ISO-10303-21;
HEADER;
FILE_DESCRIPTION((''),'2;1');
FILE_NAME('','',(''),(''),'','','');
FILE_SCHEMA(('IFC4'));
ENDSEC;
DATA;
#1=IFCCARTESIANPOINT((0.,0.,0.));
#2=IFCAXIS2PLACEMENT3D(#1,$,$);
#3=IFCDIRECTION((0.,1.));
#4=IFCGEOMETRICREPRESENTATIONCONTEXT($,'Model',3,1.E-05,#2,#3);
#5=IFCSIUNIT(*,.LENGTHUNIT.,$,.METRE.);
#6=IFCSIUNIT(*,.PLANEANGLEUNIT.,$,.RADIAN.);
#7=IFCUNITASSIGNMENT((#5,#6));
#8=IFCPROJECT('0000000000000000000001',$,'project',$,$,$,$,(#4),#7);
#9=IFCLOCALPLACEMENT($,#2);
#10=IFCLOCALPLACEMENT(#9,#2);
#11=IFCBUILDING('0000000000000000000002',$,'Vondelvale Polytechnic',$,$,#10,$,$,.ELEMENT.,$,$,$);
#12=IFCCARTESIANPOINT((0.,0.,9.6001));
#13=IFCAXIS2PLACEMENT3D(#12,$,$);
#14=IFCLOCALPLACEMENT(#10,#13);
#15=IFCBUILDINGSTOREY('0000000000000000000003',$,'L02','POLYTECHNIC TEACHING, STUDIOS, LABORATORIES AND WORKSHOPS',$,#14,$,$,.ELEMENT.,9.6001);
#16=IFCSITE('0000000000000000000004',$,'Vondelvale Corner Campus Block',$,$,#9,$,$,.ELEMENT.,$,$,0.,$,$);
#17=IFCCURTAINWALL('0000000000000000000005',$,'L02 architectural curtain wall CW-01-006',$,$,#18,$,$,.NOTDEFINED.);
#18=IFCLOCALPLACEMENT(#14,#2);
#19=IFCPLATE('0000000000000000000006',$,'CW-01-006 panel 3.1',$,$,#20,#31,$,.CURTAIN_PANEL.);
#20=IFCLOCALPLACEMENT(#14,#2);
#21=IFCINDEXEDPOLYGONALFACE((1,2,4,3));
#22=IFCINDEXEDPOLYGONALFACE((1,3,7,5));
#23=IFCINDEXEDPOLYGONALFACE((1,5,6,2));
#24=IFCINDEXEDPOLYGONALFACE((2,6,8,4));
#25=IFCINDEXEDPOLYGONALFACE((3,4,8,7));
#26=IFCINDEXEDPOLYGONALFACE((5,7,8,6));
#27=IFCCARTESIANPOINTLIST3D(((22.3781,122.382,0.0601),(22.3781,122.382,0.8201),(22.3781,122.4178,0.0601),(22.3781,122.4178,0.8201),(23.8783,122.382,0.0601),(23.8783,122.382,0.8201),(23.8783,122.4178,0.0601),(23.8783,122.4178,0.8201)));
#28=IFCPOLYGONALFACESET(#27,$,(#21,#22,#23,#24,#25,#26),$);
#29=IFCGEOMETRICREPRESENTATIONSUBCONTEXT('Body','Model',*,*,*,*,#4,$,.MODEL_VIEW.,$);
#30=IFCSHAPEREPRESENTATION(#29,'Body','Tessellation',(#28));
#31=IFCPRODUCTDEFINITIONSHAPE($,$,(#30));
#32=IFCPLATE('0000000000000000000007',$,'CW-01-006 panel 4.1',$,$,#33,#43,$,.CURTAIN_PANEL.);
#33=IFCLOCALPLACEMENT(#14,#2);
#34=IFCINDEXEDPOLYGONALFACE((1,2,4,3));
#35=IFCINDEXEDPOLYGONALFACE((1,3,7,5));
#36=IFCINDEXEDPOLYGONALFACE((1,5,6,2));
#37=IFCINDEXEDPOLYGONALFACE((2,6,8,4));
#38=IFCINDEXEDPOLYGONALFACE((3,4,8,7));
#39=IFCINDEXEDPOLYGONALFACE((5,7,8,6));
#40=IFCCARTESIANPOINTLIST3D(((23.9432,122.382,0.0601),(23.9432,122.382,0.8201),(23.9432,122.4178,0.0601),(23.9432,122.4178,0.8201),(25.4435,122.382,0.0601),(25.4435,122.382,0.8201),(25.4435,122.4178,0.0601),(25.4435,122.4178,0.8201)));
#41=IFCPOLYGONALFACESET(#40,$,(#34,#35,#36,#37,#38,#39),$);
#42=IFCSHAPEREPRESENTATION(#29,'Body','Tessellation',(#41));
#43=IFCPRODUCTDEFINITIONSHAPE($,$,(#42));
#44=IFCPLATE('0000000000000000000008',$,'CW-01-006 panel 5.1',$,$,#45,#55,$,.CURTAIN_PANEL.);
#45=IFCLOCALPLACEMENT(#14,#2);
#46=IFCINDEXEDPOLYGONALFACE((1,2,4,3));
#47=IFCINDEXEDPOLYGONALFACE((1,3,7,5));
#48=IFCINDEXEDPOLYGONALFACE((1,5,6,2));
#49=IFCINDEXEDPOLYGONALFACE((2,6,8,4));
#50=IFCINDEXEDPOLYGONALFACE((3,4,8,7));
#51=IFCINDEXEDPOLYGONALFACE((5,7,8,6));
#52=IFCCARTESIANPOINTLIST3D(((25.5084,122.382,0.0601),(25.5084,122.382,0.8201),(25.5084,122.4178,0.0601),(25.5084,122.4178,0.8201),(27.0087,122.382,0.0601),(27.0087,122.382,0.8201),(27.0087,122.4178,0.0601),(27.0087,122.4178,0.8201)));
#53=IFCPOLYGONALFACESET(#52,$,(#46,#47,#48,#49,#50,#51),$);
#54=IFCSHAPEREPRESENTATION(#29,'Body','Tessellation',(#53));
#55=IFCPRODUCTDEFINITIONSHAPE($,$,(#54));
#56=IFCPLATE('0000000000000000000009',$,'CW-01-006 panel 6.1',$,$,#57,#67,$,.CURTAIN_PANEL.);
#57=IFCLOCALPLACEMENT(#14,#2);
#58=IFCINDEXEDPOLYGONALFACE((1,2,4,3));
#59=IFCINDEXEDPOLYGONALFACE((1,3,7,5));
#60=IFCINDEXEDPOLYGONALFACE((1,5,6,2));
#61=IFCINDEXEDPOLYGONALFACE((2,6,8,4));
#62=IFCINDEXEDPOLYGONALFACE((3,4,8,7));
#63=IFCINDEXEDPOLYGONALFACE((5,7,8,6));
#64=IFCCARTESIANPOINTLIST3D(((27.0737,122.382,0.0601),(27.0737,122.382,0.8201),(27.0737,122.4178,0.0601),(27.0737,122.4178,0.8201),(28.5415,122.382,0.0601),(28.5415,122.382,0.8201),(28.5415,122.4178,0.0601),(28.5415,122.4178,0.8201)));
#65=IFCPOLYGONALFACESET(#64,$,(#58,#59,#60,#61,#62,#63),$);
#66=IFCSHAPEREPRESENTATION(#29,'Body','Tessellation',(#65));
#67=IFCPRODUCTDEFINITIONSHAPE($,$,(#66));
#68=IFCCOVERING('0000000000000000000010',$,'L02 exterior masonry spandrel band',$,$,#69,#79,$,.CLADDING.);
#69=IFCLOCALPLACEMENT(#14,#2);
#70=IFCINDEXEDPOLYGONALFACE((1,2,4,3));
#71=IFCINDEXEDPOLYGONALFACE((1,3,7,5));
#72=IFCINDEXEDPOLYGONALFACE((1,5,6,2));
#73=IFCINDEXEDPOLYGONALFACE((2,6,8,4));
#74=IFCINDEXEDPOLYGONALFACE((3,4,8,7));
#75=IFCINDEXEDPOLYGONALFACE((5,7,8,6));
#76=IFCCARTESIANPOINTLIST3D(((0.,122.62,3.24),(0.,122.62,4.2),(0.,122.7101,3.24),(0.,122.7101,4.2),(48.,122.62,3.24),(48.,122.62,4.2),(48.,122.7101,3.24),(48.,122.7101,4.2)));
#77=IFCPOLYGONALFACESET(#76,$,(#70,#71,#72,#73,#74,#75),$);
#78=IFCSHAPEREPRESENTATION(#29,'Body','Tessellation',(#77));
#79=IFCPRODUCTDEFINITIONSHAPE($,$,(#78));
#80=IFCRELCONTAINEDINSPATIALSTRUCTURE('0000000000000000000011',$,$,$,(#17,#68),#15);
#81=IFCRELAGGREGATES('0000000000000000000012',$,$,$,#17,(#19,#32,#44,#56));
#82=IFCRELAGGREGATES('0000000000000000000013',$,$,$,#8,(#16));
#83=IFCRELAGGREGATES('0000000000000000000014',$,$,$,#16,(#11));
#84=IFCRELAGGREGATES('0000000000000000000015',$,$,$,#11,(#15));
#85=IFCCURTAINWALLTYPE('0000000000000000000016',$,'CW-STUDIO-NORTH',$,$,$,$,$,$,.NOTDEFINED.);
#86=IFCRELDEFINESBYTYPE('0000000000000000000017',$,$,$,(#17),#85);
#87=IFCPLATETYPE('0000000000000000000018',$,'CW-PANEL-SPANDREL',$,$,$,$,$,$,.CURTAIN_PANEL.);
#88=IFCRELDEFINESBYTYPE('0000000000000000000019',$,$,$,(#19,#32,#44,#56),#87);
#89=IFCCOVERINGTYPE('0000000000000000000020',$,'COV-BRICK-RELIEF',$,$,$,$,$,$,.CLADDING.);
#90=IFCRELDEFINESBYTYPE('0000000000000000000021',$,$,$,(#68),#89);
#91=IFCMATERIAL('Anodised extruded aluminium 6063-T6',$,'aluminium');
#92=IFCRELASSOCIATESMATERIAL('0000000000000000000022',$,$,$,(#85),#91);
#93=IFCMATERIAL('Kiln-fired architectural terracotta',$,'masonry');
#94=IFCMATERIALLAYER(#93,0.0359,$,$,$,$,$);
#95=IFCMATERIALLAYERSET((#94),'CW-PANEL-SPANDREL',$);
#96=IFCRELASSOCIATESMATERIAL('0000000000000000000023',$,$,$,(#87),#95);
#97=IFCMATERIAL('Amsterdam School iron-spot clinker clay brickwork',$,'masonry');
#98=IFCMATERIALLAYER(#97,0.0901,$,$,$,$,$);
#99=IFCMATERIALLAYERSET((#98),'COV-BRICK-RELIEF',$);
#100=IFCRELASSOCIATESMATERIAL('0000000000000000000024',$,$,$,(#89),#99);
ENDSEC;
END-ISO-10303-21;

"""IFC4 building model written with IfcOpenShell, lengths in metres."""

from ifc_helpers import new_model, si_unit, direction, frame, origin, origin_2d, place, context, subcontext, project, spatial, rectangle, extrude, material, layer, layer_set, type_object, element, aggregate, save


model = new_model("IFC4")

# Units and contexts
model_context = context("Model", 3, precision=1e-05, world=origin(), true_north=direction((0.0, 1.0)))
body_context = subcontext(model_context, "Body", "Model", "MODEL_VIEW")
ifc_project = project(units=[si_unit("LENGTHUNIT", "METRE"), si_unit("PLANEANGLEUNIT", "RADIAN")], contexts=[model_context])

# Site, building, storey
site_placement = place(None, origin())
site = spatial("IfcSite", under=ifc_project, at=site_placement, Name="Vondelvale Corner Campus Block", CompositionType="ELEMENT", RefElevation=0.0)
building_placement = place(site_placement, origin())
building = spatial("IfcBuilding", under=site, at=building_placement, Name="Vondelvale Polytechnic", CompositionType="ELEMENT")
storey_placement = place(building_placement, frame((0.0, 0.0, 9.6001)))
storey = spatial("IfcBuildingStorey", under=building, at=storey_placement, Name="L02", Description="POLYTECHNIC TEACHING, STUDIOS, LABORATORIES AND WORKSHOPS", CompositionType="ELEMENT", Elevation=9.6001)

# Curtain wall, plates
ifc_material_1 = material(Name="Anodised extruded aluminium 6063-T6", Category="aluminium")
curtain_wall_type = type_object("IfcCurtainWallType", Name="CW-STUDIO-NORTH", PredefinedType="NOTDEFINED", material=ifc_material_1)
curtain_wall_placement = place(storey_placement, origin())
curtain_wall = element("IfcCurtainWall", 1, at=curtain_wall_placement, inside=storey, type_object=curtain_wall_type, Name="L02 architectural curtain wall CW-01-006", PredefinedType="NOTDEFINED")
ifc_material_2 = material(Name="Kiln-fired architectural terracotta", Category="masonry")
ifc_layer_1 = layer(ifc_material_2, 0.0359)
ifc_layer_set_1 = layer_set([ifc_layer_1], Name="CW-PANEL-SPANDREL")
plate_type_1 = type_object("IfcPlateType", Name="CW-PANEL-SPANDREL", PredefinedType="CURTAIN_PANEL", material=ifc_layer_set_1)
plate_1_placement = place(storey_placement, frame((23.1282, 122.3999, 0.0601), z_axis=(0.0, 0.0, 1.0), x_axis=(1.0, 0.0, 0.0)))
plate_1 = element("IfcPlate", 2, at=plate_1_placement, type_object=plate_type_1, Name="CW-01-006 panel 3.1", PredefinedType="CURTAIN_PANEL", context=body_context, shape_type="SweptSolid", body=[
    extrude(rectangle(XDim=1.5002, YDim=0.0359, at=origin_2d()), origin(), (0.0, 0.0, 1.0), 0.76),
])
plate_2_placement = place(storey_placement, frame((24.6934, 122.3999, 0.0601), z_axis=(0.0, 0.0, 1.0), x_axis=(1.0, 0.0, 0.0)))
plate_2 = element("IfcPlate", 3, at=plate_2_placement, type_object=plate_type_1, Name="CW-01-006 panel 4.1", PredefinedType="CURTAIN_PANEL", context=body_context, shape_type="SweptSolid", body=[
    extrude(rectangle(XDim=1.5002, YDim=0.0359, at=origin_2d()), origin(), (0.0, 0.0, 1.0), 0.76),
])
plate_3_placement = place(storey_placement, frame((26.2585, 122.3999, 0.0601), z_axis=(0.0, 0.0, 1.0), x_axis=(1.0, 0.0, 0.0)))
plate_3 = element("IfcPlate", 4, at=plate_3_placement, type_object=plate_type_1, Name="CW-01-006 panel 5.1", PredefinedType="CURTAIN_PANEL", context=body_context, shape_type="SweptSolid", body=[
    extrude(rectangle(XDim=1.5002, YDim=0.0359, at=origin_2d()), origin(), (0.0, 0.0, 1.0), 0.76),
])
plate_4_placement = place(storey_placement, frame((27.8076, 122.3999, 0.0601), z_axis=(0.0, 0.0, 1.0), x_axis=(1.0, 0.0, 0.0)))
plate_4 = element("IfcPlate", 5, at=plate_4_placement, type_object=plate_type_1, Name="CW-01-006 panel 6.1", PredefinedType="CURTAIN_PANEL", context=body_context, shape_type="SweptSolid", body=[
    extrude(rectangle(XDim=1.4678, YDim=0.0359, at=origin_2d()), origin(), (0.0, 0.0, 1.0), 0.76),
])
aggregate(curtain_wall, [plate_1, plate_2, plate_3, plate_4])

# Covering
ifc_material_3 = material(Name="Amsterdam School iron-spot clinker clay brickwork", Category="masonry")
ifc_layer_2 = layer(ifc_material_3, 0.0901)
ifc_layer_set_2 = layer_set([ifc_layer_2], Name="COV-BRICK-RELIEF")
covering_type = type_object("IfcCoveringType", Name="COV-BRICK-RELIEF", PredefinedType="CLADDING", material=ifc_layer_set_2)
covering_placement = place(storey_placement, frame((24.0, 122.665, 3.24), z_axis=(0.0, 0.0, 1.0), x_axis=(1.0, 0.0, 0.0)))
element("IfcCovering", 6, at=covering_placement, inside=storey, type_object=covering_type, Name="L02 exterior masonry spandrel band", PredefinedType="CLADDING", context=body_context, shape_type="SweptSolid", body=[
    extrude(rectangle(XDim=48.0, YDim=0.0901, at=origin_2d()), origin(), (0.0, 0.0, 1.0), 0.96),
])

save(model, "model.ifc")
